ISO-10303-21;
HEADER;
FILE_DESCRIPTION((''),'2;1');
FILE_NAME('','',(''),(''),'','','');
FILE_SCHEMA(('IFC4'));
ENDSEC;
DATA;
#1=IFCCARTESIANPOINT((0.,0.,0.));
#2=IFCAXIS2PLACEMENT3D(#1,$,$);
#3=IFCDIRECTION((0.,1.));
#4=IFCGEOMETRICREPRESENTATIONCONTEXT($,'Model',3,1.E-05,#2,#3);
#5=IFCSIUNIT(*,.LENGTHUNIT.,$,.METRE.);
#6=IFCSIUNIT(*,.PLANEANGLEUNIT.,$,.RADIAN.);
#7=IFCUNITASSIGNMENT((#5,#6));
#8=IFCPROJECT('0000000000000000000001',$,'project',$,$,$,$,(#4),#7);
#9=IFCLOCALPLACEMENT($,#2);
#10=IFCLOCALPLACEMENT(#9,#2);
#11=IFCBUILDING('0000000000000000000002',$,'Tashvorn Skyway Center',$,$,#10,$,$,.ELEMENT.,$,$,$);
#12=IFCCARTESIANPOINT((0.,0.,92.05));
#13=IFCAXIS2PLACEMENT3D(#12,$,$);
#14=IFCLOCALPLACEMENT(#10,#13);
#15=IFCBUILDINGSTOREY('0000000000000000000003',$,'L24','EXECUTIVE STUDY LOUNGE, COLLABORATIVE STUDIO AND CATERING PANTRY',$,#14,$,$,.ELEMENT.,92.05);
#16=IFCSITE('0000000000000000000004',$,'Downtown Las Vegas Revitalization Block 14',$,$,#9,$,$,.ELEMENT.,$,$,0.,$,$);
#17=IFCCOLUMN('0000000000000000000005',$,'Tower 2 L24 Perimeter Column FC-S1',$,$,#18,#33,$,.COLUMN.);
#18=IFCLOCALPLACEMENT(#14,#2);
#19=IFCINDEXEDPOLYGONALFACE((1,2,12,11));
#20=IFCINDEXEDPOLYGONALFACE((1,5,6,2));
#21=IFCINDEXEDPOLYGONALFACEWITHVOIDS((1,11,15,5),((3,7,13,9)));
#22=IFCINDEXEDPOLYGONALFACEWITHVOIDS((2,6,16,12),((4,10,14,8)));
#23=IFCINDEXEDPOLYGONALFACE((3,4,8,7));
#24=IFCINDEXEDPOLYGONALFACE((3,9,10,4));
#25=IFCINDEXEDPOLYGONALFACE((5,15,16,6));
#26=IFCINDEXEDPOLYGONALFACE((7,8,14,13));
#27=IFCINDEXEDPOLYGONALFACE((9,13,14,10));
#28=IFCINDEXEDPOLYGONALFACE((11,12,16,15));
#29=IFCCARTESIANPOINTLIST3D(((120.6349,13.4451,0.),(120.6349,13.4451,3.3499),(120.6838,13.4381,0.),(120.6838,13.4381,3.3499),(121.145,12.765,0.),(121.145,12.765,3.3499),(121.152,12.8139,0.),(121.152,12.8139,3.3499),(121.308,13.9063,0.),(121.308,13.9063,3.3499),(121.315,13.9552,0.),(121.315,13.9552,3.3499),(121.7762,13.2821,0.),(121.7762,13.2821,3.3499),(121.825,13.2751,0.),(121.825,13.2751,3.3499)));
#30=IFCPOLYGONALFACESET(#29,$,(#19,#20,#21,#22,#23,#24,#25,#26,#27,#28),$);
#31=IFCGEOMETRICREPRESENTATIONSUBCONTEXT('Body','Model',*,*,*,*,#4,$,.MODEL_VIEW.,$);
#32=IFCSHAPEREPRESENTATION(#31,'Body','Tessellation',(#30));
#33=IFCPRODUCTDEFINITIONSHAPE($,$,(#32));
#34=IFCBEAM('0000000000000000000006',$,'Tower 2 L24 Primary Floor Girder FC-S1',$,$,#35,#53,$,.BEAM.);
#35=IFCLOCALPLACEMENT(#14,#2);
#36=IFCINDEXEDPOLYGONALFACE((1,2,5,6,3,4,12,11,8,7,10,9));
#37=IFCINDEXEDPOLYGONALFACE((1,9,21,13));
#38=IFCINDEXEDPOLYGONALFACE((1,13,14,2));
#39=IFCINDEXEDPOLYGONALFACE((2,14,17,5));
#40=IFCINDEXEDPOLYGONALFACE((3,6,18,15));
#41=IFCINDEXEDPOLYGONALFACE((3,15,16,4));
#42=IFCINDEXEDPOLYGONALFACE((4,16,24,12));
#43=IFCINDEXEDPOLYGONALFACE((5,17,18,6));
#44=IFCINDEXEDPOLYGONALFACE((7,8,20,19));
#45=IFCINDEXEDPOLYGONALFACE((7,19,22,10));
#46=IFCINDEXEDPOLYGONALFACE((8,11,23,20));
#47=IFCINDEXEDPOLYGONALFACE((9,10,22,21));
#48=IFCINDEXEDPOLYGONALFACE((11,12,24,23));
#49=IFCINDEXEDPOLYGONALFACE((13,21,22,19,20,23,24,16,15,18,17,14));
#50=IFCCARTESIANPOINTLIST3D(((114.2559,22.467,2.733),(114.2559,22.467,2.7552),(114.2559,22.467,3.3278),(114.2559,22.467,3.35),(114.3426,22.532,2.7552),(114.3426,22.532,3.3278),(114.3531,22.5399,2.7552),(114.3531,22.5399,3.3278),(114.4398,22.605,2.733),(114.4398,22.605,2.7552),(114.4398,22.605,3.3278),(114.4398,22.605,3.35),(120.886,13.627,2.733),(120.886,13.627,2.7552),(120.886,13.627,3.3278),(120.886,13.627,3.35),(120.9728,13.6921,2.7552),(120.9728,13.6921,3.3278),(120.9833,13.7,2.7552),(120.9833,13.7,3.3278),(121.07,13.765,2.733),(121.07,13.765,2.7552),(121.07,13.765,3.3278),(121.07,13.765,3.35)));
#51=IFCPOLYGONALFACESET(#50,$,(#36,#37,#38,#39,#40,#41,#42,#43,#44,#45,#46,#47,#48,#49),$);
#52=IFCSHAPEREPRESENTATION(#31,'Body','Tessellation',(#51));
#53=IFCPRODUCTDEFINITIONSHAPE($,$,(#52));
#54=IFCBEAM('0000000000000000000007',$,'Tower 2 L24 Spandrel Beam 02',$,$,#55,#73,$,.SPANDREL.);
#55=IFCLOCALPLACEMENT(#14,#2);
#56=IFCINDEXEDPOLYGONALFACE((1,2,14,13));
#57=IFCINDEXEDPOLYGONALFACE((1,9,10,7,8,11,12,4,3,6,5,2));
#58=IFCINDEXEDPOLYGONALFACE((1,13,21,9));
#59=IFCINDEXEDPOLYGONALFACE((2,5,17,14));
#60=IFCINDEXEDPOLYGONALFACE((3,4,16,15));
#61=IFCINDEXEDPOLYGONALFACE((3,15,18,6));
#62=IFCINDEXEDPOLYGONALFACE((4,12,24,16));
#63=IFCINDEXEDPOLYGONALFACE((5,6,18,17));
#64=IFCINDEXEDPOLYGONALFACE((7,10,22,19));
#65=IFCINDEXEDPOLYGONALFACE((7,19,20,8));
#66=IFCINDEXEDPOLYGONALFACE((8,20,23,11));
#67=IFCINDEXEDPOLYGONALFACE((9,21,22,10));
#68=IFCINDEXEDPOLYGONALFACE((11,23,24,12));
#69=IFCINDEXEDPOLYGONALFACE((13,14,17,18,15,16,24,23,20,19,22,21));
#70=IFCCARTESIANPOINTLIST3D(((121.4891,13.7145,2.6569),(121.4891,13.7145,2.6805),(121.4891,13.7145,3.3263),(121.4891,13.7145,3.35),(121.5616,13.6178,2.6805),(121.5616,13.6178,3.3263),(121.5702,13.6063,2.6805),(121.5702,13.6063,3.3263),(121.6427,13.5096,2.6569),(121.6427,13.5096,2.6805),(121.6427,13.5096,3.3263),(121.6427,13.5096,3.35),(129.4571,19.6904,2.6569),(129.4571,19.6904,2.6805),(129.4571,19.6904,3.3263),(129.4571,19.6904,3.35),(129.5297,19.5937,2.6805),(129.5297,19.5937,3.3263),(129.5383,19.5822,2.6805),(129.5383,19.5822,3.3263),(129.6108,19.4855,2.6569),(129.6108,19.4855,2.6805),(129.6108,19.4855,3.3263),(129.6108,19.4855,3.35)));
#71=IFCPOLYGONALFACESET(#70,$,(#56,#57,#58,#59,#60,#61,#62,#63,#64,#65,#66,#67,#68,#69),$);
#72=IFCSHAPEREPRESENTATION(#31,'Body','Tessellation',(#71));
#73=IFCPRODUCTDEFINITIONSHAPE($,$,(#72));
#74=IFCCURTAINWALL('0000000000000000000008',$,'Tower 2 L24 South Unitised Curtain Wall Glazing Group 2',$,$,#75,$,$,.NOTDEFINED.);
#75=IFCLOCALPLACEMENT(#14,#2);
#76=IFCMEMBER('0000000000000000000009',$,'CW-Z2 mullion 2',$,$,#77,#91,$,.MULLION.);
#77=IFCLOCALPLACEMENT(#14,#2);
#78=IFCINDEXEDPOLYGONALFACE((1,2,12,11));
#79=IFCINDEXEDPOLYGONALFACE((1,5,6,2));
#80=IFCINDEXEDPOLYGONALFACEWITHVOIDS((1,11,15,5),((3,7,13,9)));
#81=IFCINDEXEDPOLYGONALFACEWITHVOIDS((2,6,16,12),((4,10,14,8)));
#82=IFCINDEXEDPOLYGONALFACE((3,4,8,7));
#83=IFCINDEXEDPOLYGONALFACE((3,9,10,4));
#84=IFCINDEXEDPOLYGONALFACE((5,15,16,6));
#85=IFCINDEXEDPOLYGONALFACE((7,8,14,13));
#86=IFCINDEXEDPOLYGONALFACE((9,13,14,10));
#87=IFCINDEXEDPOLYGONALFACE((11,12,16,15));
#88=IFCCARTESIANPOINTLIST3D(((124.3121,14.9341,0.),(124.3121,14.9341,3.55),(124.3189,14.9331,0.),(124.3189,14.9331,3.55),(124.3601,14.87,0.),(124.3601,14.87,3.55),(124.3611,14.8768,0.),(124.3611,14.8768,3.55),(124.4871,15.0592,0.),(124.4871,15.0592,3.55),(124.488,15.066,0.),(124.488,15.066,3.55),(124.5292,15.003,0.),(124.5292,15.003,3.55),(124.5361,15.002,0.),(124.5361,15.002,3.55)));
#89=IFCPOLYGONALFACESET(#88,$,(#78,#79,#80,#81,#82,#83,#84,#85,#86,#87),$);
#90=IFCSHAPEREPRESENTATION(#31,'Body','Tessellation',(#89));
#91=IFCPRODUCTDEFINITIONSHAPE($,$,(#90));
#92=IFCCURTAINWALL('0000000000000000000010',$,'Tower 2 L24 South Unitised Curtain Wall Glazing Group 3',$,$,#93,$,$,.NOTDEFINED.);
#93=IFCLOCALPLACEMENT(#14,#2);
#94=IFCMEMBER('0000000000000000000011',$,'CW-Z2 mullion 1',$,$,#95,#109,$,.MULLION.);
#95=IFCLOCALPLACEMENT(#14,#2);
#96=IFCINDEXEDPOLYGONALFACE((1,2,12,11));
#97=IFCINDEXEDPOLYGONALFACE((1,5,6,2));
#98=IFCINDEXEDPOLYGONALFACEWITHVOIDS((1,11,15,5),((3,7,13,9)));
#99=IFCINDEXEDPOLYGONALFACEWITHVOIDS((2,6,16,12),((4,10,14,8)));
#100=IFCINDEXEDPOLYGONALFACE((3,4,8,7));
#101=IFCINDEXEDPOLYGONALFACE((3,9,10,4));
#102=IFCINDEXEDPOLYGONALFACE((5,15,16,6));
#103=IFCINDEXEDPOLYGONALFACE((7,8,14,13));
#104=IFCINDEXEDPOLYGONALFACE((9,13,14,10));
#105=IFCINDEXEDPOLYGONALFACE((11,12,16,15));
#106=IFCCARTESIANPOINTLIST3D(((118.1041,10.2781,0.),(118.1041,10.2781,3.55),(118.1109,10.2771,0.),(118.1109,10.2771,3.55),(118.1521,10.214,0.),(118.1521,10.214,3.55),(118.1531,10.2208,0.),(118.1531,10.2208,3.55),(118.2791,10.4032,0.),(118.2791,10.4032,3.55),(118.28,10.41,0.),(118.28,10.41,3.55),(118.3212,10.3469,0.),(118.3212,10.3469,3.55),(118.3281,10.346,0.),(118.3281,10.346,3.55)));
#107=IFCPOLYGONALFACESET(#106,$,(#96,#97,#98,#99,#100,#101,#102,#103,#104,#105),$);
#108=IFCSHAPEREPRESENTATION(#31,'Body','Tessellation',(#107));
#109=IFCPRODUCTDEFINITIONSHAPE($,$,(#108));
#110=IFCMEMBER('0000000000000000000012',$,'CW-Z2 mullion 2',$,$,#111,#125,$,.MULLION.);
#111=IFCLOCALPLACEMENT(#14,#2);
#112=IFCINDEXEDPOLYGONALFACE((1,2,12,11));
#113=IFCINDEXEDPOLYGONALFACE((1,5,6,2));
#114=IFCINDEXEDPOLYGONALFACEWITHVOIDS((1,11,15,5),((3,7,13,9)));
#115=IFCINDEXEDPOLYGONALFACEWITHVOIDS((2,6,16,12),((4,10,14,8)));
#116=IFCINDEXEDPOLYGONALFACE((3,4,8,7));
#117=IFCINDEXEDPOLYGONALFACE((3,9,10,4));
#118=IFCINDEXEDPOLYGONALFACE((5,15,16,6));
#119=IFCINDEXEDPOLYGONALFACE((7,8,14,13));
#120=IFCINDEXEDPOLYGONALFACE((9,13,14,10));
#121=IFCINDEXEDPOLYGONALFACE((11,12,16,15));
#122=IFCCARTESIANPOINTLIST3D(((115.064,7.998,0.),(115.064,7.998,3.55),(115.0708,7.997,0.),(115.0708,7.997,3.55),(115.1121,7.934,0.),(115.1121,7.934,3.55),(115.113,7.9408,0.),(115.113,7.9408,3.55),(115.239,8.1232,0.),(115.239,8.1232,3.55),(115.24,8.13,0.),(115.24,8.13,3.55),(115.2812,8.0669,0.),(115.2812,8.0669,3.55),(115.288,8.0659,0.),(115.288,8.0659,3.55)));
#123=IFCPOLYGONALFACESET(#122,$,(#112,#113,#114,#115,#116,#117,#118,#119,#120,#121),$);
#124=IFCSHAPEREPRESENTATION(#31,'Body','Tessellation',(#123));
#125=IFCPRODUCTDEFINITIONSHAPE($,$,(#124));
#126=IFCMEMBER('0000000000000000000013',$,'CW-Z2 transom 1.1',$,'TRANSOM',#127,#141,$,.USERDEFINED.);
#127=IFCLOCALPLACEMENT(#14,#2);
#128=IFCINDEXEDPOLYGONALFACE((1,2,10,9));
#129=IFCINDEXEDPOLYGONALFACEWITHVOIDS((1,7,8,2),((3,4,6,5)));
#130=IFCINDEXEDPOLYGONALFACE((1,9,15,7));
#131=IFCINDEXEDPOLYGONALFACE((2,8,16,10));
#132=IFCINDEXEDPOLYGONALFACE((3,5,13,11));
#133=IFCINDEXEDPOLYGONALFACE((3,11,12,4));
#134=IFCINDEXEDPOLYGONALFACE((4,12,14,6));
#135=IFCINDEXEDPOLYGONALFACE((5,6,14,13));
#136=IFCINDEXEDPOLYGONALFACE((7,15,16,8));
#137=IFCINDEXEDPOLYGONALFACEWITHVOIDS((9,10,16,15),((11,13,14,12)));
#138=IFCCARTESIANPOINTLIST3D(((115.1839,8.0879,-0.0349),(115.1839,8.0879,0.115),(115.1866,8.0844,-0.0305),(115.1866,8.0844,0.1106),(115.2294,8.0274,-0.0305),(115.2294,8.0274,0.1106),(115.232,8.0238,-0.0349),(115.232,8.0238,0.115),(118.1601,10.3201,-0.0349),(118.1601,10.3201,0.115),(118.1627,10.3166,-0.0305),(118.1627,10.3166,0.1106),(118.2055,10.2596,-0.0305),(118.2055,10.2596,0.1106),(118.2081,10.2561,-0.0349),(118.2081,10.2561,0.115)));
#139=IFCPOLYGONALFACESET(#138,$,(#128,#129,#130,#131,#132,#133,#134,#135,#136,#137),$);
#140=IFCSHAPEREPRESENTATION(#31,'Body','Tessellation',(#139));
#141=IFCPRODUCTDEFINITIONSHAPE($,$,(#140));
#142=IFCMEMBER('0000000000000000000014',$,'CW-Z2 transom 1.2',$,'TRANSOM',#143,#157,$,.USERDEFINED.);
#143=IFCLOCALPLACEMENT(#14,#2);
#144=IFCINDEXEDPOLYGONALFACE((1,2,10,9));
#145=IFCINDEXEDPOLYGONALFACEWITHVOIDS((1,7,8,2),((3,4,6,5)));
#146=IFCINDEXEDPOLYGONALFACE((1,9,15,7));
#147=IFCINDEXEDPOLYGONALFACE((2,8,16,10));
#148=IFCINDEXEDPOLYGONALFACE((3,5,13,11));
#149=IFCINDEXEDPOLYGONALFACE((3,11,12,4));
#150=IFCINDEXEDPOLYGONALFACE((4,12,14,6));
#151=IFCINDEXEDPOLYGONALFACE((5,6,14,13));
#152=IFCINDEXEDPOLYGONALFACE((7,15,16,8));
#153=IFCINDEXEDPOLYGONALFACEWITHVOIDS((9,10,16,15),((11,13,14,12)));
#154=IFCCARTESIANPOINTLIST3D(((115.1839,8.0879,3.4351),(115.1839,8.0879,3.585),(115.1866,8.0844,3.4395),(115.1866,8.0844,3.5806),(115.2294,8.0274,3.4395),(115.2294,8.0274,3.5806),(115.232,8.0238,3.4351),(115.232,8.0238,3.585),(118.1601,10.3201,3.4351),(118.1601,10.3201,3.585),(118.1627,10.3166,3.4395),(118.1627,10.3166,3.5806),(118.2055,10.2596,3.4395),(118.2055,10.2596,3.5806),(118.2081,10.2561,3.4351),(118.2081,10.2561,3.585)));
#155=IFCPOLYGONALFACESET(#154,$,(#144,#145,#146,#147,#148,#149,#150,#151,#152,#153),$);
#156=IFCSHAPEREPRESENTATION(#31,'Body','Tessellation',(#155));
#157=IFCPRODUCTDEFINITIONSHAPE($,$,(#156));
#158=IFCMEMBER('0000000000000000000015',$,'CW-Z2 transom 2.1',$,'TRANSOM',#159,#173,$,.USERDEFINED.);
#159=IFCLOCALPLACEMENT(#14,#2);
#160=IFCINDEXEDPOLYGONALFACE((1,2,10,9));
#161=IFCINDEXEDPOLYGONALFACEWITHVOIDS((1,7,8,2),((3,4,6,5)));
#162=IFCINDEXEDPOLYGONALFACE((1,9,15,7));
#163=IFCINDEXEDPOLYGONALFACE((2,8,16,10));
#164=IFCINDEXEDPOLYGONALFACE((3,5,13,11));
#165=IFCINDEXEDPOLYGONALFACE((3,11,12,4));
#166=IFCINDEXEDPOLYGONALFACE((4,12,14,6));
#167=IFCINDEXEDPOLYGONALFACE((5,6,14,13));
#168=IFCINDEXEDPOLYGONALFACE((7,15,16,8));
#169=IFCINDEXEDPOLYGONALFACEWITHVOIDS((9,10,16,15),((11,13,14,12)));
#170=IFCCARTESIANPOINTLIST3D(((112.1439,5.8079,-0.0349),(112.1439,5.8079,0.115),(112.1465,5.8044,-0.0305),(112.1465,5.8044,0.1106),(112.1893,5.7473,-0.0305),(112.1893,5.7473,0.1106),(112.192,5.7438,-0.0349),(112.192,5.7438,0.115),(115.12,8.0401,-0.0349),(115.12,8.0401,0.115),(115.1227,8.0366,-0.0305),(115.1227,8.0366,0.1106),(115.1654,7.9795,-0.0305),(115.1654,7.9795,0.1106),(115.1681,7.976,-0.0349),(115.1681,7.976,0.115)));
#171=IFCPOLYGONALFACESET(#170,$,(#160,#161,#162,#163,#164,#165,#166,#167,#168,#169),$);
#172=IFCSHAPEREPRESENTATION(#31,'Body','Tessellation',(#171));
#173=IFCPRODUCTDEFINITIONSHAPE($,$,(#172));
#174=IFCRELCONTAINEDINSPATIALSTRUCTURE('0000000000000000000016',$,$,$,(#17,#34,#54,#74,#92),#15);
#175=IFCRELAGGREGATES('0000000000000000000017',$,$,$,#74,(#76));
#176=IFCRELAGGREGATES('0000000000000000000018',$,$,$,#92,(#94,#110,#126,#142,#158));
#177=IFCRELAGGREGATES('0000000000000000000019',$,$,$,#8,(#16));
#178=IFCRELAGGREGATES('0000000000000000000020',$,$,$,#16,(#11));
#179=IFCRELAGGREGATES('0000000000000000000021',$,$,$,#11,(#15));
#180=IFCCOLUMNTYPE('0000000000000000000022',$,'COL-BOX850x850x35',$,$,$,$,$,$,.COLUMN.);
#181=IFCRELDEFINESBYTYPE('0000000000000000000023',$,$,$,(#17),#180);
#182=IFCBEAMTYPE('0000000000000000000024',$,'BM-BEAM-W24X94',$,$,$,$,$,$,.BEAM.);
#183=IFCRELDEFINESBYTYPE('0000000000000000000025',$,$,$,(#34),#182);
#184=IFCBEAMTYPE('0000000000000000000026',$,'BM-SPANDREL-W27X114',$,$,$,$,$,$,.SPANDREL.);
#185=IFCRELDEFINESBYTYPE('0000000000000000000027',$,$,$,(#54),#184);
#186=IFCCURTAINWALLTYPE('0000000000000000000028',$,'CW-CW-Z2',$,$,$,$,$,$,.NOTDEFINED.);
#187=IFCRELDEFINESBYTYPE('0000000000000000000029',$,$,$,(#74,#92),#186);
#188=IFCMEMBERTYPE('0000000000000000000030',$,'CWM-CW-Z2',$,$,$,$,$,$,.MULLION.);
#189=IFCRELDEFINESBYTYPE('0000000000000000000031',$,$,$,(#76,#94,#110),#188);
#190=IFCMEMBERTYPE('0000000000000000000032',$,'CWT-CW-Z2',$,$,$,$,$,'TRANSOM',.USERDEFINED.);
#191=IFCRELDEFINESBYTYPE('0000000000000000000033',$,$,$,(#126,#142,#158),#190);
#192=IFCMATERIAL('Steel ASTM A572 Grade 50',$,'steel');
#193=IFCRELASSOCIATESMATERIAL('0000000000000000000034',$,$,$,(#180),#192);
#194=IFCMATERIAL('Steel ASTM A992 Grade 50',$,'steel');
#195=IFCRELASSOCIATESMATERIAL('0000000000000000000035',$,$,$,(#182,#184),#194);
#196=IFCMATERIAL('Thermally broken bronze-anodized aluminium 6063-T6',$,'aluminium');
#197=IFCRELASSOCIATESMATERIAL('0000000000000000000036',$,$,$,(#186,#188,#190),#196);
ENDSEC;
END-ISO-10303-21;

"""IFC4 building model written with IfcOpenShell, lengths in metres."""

from ifc_helpers import new_model, si_unit, direction, frame, origin, origin_2d, place, context, subcontext, project, spatial, hollow_rectangle, i_section, extrude, material, material_profile, profile_set, type_object, element, aggregate, save


model = new_model("IFC4")

# Units and contexts
model_context = context("Model", 3, precision=1e-05, world=origin(), true_north=direction((0.0, 1.0)))
body_context = subcontext(model_context, "Body", "Model", "MODEL_VIEW")
ifc_project = project(units=[si_unit("LENGTHUNIT", "METRE"), si_unit("PLANEANGLEUNIT", "RADIAN")], contexts=[model_context])

# Site, building, storey
site_placement = place(None, origin())
site = spatial("IfcSite", under=ifc_project, at=site_placement, Name="Downtown Las Vegas Revitalization Block 14", CompositionType="ELEMENT", RefElevation=0.0)
building_placement = place(site_placement, origin())
building = spatial("IfcBuilding", under=site, at=building_placement, Name="Tashvorn Skyway Center", CompositionType="ELEMENT")
storey_placement = place(building_placement, frame((0.0, 0.0, 92.05)))
storey = spatial("IfcBuildingStorey", under=building, at=storey_placement, Name="L24", Description="EXECUTIVE STUDY LOUNGE, COLLABORATIVE STUDIO AND CATERING PANTRY", CompositionType="ELEMENT", Elevation=92.05)

# Column
ifc_material_1 = material(Name="Steel ASTM A572 Grade 50", Category="steel")
ifc_material_profile_1 = material_profile(ifc_material_1, hollow_rectangle(XDim=0.8501, YDim=0.8501, WallThickness=0.0349, at=origin_2d()), Name="BOX850x850x35")
ifc_profile_set_1 = profile_set([ifc_material_profile_1], Name="Steel ASTM A572 Grade 50")
column_type = type_object("IfcColumnType", Name="COL-BOX850x850x35", PredefinedType="COLUMN", material=ifc_profile_set_1)
column_placement = place(storey_placement, frame((121.23, 13.3601, 0.0), z_axis=(0.0, 0.0, 1.0), x_axis=(0.8, 0.6, 0.0)))
element("IfcColumn", 1, at=column_placement, inside=storey, type_object=column_type, Name="Tower 2 L24 Perimeter Column FC-S1", PredefinedType="COLUMN", context=body_context, shape_type="SweptSolid", body=[
    extrude(hollow_rectangle(XDim=0.8501, YDim=0.8501, WallThickness=0.0349, at=origin_2d()), origin(), (0.0, 0.0, 1.0), 3.3499),
])

# Beams
ifc_material_2 = material(Name="Steel ASTM A992 Grade 50", Category="steel")
ifc_material_profile_2 = material_profile(ifc_material_2, i_section(OverallWidth=0.23, OverallDepth=0.6169, WebThickness=0.0132, FlangeThickness=0.0222, at=origin_2d()), Name="W24X94")
ifc_profile_set_2 = profile_set([ifc_material_profile_2], Name="Steel ASTM A992 Grade 50")
beam_type_1 = type_object("IfcBeamType", Name="BM-BEAM-W24X94", PredefinedType="BEAM", material=ifc_profile_set_2)
beam_1_placement = place(storey_placement, frame((120.978, 13.696, 3.0415), z_axis=(-0.600014, 0.799989, 0.0), x_axis=(-0.799989, -0.600014, 0.0)))
element("IfcBeam", 2, at=beam_1_placement, inside=storey, type_object=beam_type_1, Name="Tower 2 L24 Primary Floor Girder FC-S1", PredefinedType="BEAM", context=body_context, shape_type="SweptSolid", body=[
    extrude(i_section(OverallWidth=0.23, OverallDepth=0.6169, WebThickness=0.0132, FlangeThickness=0.0222, at=origin_2d()), origin(), (0.0, 0.0, 1.0), 11.05),
])
ifc_material_profile_3 = material_profile(ifc_material_2, i_section(OverallWidth=0.2561, OverallDepth=0.6931, WebThickness=0.0144, FlangeThickness=0.0237, at=origin_2d()), Name="W27X114")
ifc_profile_set_3 = profile_set([ifc_material_profile_3], Name="Steel ASTM A992 Grade 50")
beam_type_2 = type_object("IfcBeamType", Name="BM-SPANDREL-W27X114", PredefinedType="SPANDREL", material=ifc_profile_set_3)
beam_2_placement = place(storey_placement, frame((121.5659, 13.6121, 3.0034), z_axis=(0.800009, 0.599988, 0.0), x_axis=(-0.599988, 0.800009, 0.0)))
element("IfcBeam", 3, at=beam_2_placement, inside=storey, type_object=beam_type_2, Name="Tower 2 L24 Spandrel Beam 02", PredefinedType="SPANDREL", context=body_context, shape_type="SweptSolid", body=[
    extrude(i_section(OverallWidth=0.2561, OverallDepth=0.6931, WebThickness=0.0144, FlangeThickness=0.0237, at=origin_2d()), origin(), (0.0, 0.0, 1.0), 9.96),
])

# Curtain wall, member
ifc_material_3 = material(Name="Thermally broken bronze-anodized aluminium 6063-T6", Category="aluminium")
curtain_wall_type = type_object("IfcCurtainWallType", Name="CW-CW-Z2", PredefinedType="NOTDEFINED", material=ifc_material_3)
curtain_wall_1_placement = place(storey_placement, origin())
curtain_wall_1 = element("IfcCurtainWall", 4, at=curtain_wall_1_placement, inside=storey, type_object=curtain_wall_type, Name="Tower 2 L24 South Unitised Curtain Wall Glazing Group 2", PredefinedType="NOTDEFINED")
ifc_material_profile_4 = material_profile(ifc_material_3, hollow_rectangle(XDim=0.0801, YDim=0.22, WallThickness=0.0049, at=origin_2d()), Name="ALU-MULL-80x220")
ifc_profile_set_4 = profile_set([ifc_material_profile_4], Name="Thermally broken bronze-anodized aluminium 6063-T6")
member_type_1 = type_object("IfcMemberType", Name="CWM-CW-Z2", PredefinedType="MULLION", material=ifc_profile_set_4)
member_1_placement = place(storey_placement, frame((124.4241, 14.968, 0.0), z_axis=(0.0, 0.0, 1.0), x_axis=(0.6, -0.8, 0.0)))
member_1 = element("IfcMember", 5, at=member_1_placement, type_object=member_type_1, Name="CW-Z2 mullion 2", PredefinedType="MULLION", context=body_context, shape_type="SweptSolid", body=[
    extrude(hollow_rectangle(XDim=0.0801, YDim=0.22, WallThickness=0.0049, at=origin_2d()), origin(), (0.0, 0.0, 1.0), 3.55),
])
aggregate(curtain_wall_1, [member_1])

# Curtain wall, members
curtain_wall_2_placement = place(storey_placement, origin())
curtain_wall_2 = element("IfcCurtainWall", 6, at=curtain_wall_2_placement, inside=storey, type_object=curtain_wall_type, Name="Tower 2 L24 South Unitised Curtain Wall Glazing Group 3", PredefinedType="NOTDEFINED")
member_2_placement = place(storey_placement, frame((118.2161, 10.312, 0.0), z_axis=(0.0, 0.0, 1.0), x_axis=(0.6, -0.8, 0.0)))
member_2 = element("IfcMember", 7, at=member_2_placement, type_object=member_type_1, Name="CW-Z2 mullion 1", PredefinedType="MULLION", context=body_context, shape_type="SweptSolid", body=[
    extrude(hollow_rectangle(XDim=0.0801, YDim=0.22, WallThickness=0.0049, at=origin_2d()), origin(), (0.0, 0.0, 1.0), 3.55),
])
member_3_placement = place(storey_placement, frame((115.176, 8.032, 0.0), z_axis=(0.0, 0.0, 1.0), x_axis=(0.6, -0.8, 0.0)))
member_3 = element("IfcMember", 8, at=member_3_placement, type_object=member_type_1, Name="CW-Z2 mullion 2", PredefinedType="MULLION", context=body_context, shape_type="SweptSolid", body=[
    extrude(hollow_rectangle(XDim=0.0801, YDim=0.22, WallThickness=0.0049, at=origin_2d()), origin(), (0.0, 0.0, 1.0), 3.55),
])
ifc_material_profile_5 = material_profile(ifc_material_3, hollow_rectangle(XDim=0.0801, YDim=0.1499, WallThickness=0.0044, at=origin_2d()), Name="ALU-TRAN-80x150")
ifc_profile_set_5 = profile_set([ifc_material_profile_5], Name="Thermally broken bronze-anodized aluminium 6063-T6")
member_type_2 = type_object("IfcMemberType", Name="CWT-CW-Z2", ElementType="TRANSOM", PredefinedType="USERDEFINED", material=ifc_profile_set_5)
member_4_placement = place(storey_placement, frame((118.1841, 10.2881, 0.04), z_axis=(-0.799984, -0.600021, 0.0), x_axis=(0.600021, -0.799984, 0.0)))
member_4 = element("IfcMember", 9, at=member_4_placement, type_object=member_type_2, Name="CW-Z2 transom 1.1", ObjectType="TRANSOM", PredefinedType="USERDEFINED", context=body_context, shape_type="SweptSolid", body=[
    extrude(hollow_rectangle(XDim=0.0801, YDim=0.1499, WallThickness=0.0044, at=origin_2d()), origin(), (0.0, 0.0, 1.0), 3.7202),
])
member_5_placement = place(storey_placement, frame((118.1841, 10.2881, 3.51), z_axis=(-0.799984, -0.600021, 0.0), x_axis=(0.600021, -0.799984, 0.0)))
member_5 = element("IfcMember", 10, at=member_5_placement, type_object=member_type_2, Name="CW-Z2 transom 1.2", ObjectType="TRANSOM", PredefinedType="USERDEFINED", context=body_context, shape_type="SweptSolid", body=[
    extrude(hollow_rectangle(XDim=0.0801, YDim=0.1499, WallThickness=0.0044, at=origin_2d()), origin(), (0.0, 0.0, 1.0), 3.7202),
])
member_6_placement = place(storey_placement, frame((115.144, 8.0081, 0.04), z_axis=(-0.799984, -0.600021, 0.0), x_axis=(0.600021, -0.799984, 0.0)))
member_6 = element("IfcMember", 11, at=member_6_placement, type_object=member_type_2, Name="CW-Z2 transom 2.1", ObjectType="TRANSOM", PredefinedType="USERDEFINED", context=body_context, shape_type="SweptSolid", body=[
    extrude(hollow_rectangle(XDim=0.0801, YDim=0.1499, WallThickness=0.0044, at=origin_2d()), origin(), (0.0, 0.0, 1.0), 3.7202),
])
aggregate(curtain_wall_2, [member_2, member_3, member_4, member_5, member_6])

save(model, "model.ifc")
